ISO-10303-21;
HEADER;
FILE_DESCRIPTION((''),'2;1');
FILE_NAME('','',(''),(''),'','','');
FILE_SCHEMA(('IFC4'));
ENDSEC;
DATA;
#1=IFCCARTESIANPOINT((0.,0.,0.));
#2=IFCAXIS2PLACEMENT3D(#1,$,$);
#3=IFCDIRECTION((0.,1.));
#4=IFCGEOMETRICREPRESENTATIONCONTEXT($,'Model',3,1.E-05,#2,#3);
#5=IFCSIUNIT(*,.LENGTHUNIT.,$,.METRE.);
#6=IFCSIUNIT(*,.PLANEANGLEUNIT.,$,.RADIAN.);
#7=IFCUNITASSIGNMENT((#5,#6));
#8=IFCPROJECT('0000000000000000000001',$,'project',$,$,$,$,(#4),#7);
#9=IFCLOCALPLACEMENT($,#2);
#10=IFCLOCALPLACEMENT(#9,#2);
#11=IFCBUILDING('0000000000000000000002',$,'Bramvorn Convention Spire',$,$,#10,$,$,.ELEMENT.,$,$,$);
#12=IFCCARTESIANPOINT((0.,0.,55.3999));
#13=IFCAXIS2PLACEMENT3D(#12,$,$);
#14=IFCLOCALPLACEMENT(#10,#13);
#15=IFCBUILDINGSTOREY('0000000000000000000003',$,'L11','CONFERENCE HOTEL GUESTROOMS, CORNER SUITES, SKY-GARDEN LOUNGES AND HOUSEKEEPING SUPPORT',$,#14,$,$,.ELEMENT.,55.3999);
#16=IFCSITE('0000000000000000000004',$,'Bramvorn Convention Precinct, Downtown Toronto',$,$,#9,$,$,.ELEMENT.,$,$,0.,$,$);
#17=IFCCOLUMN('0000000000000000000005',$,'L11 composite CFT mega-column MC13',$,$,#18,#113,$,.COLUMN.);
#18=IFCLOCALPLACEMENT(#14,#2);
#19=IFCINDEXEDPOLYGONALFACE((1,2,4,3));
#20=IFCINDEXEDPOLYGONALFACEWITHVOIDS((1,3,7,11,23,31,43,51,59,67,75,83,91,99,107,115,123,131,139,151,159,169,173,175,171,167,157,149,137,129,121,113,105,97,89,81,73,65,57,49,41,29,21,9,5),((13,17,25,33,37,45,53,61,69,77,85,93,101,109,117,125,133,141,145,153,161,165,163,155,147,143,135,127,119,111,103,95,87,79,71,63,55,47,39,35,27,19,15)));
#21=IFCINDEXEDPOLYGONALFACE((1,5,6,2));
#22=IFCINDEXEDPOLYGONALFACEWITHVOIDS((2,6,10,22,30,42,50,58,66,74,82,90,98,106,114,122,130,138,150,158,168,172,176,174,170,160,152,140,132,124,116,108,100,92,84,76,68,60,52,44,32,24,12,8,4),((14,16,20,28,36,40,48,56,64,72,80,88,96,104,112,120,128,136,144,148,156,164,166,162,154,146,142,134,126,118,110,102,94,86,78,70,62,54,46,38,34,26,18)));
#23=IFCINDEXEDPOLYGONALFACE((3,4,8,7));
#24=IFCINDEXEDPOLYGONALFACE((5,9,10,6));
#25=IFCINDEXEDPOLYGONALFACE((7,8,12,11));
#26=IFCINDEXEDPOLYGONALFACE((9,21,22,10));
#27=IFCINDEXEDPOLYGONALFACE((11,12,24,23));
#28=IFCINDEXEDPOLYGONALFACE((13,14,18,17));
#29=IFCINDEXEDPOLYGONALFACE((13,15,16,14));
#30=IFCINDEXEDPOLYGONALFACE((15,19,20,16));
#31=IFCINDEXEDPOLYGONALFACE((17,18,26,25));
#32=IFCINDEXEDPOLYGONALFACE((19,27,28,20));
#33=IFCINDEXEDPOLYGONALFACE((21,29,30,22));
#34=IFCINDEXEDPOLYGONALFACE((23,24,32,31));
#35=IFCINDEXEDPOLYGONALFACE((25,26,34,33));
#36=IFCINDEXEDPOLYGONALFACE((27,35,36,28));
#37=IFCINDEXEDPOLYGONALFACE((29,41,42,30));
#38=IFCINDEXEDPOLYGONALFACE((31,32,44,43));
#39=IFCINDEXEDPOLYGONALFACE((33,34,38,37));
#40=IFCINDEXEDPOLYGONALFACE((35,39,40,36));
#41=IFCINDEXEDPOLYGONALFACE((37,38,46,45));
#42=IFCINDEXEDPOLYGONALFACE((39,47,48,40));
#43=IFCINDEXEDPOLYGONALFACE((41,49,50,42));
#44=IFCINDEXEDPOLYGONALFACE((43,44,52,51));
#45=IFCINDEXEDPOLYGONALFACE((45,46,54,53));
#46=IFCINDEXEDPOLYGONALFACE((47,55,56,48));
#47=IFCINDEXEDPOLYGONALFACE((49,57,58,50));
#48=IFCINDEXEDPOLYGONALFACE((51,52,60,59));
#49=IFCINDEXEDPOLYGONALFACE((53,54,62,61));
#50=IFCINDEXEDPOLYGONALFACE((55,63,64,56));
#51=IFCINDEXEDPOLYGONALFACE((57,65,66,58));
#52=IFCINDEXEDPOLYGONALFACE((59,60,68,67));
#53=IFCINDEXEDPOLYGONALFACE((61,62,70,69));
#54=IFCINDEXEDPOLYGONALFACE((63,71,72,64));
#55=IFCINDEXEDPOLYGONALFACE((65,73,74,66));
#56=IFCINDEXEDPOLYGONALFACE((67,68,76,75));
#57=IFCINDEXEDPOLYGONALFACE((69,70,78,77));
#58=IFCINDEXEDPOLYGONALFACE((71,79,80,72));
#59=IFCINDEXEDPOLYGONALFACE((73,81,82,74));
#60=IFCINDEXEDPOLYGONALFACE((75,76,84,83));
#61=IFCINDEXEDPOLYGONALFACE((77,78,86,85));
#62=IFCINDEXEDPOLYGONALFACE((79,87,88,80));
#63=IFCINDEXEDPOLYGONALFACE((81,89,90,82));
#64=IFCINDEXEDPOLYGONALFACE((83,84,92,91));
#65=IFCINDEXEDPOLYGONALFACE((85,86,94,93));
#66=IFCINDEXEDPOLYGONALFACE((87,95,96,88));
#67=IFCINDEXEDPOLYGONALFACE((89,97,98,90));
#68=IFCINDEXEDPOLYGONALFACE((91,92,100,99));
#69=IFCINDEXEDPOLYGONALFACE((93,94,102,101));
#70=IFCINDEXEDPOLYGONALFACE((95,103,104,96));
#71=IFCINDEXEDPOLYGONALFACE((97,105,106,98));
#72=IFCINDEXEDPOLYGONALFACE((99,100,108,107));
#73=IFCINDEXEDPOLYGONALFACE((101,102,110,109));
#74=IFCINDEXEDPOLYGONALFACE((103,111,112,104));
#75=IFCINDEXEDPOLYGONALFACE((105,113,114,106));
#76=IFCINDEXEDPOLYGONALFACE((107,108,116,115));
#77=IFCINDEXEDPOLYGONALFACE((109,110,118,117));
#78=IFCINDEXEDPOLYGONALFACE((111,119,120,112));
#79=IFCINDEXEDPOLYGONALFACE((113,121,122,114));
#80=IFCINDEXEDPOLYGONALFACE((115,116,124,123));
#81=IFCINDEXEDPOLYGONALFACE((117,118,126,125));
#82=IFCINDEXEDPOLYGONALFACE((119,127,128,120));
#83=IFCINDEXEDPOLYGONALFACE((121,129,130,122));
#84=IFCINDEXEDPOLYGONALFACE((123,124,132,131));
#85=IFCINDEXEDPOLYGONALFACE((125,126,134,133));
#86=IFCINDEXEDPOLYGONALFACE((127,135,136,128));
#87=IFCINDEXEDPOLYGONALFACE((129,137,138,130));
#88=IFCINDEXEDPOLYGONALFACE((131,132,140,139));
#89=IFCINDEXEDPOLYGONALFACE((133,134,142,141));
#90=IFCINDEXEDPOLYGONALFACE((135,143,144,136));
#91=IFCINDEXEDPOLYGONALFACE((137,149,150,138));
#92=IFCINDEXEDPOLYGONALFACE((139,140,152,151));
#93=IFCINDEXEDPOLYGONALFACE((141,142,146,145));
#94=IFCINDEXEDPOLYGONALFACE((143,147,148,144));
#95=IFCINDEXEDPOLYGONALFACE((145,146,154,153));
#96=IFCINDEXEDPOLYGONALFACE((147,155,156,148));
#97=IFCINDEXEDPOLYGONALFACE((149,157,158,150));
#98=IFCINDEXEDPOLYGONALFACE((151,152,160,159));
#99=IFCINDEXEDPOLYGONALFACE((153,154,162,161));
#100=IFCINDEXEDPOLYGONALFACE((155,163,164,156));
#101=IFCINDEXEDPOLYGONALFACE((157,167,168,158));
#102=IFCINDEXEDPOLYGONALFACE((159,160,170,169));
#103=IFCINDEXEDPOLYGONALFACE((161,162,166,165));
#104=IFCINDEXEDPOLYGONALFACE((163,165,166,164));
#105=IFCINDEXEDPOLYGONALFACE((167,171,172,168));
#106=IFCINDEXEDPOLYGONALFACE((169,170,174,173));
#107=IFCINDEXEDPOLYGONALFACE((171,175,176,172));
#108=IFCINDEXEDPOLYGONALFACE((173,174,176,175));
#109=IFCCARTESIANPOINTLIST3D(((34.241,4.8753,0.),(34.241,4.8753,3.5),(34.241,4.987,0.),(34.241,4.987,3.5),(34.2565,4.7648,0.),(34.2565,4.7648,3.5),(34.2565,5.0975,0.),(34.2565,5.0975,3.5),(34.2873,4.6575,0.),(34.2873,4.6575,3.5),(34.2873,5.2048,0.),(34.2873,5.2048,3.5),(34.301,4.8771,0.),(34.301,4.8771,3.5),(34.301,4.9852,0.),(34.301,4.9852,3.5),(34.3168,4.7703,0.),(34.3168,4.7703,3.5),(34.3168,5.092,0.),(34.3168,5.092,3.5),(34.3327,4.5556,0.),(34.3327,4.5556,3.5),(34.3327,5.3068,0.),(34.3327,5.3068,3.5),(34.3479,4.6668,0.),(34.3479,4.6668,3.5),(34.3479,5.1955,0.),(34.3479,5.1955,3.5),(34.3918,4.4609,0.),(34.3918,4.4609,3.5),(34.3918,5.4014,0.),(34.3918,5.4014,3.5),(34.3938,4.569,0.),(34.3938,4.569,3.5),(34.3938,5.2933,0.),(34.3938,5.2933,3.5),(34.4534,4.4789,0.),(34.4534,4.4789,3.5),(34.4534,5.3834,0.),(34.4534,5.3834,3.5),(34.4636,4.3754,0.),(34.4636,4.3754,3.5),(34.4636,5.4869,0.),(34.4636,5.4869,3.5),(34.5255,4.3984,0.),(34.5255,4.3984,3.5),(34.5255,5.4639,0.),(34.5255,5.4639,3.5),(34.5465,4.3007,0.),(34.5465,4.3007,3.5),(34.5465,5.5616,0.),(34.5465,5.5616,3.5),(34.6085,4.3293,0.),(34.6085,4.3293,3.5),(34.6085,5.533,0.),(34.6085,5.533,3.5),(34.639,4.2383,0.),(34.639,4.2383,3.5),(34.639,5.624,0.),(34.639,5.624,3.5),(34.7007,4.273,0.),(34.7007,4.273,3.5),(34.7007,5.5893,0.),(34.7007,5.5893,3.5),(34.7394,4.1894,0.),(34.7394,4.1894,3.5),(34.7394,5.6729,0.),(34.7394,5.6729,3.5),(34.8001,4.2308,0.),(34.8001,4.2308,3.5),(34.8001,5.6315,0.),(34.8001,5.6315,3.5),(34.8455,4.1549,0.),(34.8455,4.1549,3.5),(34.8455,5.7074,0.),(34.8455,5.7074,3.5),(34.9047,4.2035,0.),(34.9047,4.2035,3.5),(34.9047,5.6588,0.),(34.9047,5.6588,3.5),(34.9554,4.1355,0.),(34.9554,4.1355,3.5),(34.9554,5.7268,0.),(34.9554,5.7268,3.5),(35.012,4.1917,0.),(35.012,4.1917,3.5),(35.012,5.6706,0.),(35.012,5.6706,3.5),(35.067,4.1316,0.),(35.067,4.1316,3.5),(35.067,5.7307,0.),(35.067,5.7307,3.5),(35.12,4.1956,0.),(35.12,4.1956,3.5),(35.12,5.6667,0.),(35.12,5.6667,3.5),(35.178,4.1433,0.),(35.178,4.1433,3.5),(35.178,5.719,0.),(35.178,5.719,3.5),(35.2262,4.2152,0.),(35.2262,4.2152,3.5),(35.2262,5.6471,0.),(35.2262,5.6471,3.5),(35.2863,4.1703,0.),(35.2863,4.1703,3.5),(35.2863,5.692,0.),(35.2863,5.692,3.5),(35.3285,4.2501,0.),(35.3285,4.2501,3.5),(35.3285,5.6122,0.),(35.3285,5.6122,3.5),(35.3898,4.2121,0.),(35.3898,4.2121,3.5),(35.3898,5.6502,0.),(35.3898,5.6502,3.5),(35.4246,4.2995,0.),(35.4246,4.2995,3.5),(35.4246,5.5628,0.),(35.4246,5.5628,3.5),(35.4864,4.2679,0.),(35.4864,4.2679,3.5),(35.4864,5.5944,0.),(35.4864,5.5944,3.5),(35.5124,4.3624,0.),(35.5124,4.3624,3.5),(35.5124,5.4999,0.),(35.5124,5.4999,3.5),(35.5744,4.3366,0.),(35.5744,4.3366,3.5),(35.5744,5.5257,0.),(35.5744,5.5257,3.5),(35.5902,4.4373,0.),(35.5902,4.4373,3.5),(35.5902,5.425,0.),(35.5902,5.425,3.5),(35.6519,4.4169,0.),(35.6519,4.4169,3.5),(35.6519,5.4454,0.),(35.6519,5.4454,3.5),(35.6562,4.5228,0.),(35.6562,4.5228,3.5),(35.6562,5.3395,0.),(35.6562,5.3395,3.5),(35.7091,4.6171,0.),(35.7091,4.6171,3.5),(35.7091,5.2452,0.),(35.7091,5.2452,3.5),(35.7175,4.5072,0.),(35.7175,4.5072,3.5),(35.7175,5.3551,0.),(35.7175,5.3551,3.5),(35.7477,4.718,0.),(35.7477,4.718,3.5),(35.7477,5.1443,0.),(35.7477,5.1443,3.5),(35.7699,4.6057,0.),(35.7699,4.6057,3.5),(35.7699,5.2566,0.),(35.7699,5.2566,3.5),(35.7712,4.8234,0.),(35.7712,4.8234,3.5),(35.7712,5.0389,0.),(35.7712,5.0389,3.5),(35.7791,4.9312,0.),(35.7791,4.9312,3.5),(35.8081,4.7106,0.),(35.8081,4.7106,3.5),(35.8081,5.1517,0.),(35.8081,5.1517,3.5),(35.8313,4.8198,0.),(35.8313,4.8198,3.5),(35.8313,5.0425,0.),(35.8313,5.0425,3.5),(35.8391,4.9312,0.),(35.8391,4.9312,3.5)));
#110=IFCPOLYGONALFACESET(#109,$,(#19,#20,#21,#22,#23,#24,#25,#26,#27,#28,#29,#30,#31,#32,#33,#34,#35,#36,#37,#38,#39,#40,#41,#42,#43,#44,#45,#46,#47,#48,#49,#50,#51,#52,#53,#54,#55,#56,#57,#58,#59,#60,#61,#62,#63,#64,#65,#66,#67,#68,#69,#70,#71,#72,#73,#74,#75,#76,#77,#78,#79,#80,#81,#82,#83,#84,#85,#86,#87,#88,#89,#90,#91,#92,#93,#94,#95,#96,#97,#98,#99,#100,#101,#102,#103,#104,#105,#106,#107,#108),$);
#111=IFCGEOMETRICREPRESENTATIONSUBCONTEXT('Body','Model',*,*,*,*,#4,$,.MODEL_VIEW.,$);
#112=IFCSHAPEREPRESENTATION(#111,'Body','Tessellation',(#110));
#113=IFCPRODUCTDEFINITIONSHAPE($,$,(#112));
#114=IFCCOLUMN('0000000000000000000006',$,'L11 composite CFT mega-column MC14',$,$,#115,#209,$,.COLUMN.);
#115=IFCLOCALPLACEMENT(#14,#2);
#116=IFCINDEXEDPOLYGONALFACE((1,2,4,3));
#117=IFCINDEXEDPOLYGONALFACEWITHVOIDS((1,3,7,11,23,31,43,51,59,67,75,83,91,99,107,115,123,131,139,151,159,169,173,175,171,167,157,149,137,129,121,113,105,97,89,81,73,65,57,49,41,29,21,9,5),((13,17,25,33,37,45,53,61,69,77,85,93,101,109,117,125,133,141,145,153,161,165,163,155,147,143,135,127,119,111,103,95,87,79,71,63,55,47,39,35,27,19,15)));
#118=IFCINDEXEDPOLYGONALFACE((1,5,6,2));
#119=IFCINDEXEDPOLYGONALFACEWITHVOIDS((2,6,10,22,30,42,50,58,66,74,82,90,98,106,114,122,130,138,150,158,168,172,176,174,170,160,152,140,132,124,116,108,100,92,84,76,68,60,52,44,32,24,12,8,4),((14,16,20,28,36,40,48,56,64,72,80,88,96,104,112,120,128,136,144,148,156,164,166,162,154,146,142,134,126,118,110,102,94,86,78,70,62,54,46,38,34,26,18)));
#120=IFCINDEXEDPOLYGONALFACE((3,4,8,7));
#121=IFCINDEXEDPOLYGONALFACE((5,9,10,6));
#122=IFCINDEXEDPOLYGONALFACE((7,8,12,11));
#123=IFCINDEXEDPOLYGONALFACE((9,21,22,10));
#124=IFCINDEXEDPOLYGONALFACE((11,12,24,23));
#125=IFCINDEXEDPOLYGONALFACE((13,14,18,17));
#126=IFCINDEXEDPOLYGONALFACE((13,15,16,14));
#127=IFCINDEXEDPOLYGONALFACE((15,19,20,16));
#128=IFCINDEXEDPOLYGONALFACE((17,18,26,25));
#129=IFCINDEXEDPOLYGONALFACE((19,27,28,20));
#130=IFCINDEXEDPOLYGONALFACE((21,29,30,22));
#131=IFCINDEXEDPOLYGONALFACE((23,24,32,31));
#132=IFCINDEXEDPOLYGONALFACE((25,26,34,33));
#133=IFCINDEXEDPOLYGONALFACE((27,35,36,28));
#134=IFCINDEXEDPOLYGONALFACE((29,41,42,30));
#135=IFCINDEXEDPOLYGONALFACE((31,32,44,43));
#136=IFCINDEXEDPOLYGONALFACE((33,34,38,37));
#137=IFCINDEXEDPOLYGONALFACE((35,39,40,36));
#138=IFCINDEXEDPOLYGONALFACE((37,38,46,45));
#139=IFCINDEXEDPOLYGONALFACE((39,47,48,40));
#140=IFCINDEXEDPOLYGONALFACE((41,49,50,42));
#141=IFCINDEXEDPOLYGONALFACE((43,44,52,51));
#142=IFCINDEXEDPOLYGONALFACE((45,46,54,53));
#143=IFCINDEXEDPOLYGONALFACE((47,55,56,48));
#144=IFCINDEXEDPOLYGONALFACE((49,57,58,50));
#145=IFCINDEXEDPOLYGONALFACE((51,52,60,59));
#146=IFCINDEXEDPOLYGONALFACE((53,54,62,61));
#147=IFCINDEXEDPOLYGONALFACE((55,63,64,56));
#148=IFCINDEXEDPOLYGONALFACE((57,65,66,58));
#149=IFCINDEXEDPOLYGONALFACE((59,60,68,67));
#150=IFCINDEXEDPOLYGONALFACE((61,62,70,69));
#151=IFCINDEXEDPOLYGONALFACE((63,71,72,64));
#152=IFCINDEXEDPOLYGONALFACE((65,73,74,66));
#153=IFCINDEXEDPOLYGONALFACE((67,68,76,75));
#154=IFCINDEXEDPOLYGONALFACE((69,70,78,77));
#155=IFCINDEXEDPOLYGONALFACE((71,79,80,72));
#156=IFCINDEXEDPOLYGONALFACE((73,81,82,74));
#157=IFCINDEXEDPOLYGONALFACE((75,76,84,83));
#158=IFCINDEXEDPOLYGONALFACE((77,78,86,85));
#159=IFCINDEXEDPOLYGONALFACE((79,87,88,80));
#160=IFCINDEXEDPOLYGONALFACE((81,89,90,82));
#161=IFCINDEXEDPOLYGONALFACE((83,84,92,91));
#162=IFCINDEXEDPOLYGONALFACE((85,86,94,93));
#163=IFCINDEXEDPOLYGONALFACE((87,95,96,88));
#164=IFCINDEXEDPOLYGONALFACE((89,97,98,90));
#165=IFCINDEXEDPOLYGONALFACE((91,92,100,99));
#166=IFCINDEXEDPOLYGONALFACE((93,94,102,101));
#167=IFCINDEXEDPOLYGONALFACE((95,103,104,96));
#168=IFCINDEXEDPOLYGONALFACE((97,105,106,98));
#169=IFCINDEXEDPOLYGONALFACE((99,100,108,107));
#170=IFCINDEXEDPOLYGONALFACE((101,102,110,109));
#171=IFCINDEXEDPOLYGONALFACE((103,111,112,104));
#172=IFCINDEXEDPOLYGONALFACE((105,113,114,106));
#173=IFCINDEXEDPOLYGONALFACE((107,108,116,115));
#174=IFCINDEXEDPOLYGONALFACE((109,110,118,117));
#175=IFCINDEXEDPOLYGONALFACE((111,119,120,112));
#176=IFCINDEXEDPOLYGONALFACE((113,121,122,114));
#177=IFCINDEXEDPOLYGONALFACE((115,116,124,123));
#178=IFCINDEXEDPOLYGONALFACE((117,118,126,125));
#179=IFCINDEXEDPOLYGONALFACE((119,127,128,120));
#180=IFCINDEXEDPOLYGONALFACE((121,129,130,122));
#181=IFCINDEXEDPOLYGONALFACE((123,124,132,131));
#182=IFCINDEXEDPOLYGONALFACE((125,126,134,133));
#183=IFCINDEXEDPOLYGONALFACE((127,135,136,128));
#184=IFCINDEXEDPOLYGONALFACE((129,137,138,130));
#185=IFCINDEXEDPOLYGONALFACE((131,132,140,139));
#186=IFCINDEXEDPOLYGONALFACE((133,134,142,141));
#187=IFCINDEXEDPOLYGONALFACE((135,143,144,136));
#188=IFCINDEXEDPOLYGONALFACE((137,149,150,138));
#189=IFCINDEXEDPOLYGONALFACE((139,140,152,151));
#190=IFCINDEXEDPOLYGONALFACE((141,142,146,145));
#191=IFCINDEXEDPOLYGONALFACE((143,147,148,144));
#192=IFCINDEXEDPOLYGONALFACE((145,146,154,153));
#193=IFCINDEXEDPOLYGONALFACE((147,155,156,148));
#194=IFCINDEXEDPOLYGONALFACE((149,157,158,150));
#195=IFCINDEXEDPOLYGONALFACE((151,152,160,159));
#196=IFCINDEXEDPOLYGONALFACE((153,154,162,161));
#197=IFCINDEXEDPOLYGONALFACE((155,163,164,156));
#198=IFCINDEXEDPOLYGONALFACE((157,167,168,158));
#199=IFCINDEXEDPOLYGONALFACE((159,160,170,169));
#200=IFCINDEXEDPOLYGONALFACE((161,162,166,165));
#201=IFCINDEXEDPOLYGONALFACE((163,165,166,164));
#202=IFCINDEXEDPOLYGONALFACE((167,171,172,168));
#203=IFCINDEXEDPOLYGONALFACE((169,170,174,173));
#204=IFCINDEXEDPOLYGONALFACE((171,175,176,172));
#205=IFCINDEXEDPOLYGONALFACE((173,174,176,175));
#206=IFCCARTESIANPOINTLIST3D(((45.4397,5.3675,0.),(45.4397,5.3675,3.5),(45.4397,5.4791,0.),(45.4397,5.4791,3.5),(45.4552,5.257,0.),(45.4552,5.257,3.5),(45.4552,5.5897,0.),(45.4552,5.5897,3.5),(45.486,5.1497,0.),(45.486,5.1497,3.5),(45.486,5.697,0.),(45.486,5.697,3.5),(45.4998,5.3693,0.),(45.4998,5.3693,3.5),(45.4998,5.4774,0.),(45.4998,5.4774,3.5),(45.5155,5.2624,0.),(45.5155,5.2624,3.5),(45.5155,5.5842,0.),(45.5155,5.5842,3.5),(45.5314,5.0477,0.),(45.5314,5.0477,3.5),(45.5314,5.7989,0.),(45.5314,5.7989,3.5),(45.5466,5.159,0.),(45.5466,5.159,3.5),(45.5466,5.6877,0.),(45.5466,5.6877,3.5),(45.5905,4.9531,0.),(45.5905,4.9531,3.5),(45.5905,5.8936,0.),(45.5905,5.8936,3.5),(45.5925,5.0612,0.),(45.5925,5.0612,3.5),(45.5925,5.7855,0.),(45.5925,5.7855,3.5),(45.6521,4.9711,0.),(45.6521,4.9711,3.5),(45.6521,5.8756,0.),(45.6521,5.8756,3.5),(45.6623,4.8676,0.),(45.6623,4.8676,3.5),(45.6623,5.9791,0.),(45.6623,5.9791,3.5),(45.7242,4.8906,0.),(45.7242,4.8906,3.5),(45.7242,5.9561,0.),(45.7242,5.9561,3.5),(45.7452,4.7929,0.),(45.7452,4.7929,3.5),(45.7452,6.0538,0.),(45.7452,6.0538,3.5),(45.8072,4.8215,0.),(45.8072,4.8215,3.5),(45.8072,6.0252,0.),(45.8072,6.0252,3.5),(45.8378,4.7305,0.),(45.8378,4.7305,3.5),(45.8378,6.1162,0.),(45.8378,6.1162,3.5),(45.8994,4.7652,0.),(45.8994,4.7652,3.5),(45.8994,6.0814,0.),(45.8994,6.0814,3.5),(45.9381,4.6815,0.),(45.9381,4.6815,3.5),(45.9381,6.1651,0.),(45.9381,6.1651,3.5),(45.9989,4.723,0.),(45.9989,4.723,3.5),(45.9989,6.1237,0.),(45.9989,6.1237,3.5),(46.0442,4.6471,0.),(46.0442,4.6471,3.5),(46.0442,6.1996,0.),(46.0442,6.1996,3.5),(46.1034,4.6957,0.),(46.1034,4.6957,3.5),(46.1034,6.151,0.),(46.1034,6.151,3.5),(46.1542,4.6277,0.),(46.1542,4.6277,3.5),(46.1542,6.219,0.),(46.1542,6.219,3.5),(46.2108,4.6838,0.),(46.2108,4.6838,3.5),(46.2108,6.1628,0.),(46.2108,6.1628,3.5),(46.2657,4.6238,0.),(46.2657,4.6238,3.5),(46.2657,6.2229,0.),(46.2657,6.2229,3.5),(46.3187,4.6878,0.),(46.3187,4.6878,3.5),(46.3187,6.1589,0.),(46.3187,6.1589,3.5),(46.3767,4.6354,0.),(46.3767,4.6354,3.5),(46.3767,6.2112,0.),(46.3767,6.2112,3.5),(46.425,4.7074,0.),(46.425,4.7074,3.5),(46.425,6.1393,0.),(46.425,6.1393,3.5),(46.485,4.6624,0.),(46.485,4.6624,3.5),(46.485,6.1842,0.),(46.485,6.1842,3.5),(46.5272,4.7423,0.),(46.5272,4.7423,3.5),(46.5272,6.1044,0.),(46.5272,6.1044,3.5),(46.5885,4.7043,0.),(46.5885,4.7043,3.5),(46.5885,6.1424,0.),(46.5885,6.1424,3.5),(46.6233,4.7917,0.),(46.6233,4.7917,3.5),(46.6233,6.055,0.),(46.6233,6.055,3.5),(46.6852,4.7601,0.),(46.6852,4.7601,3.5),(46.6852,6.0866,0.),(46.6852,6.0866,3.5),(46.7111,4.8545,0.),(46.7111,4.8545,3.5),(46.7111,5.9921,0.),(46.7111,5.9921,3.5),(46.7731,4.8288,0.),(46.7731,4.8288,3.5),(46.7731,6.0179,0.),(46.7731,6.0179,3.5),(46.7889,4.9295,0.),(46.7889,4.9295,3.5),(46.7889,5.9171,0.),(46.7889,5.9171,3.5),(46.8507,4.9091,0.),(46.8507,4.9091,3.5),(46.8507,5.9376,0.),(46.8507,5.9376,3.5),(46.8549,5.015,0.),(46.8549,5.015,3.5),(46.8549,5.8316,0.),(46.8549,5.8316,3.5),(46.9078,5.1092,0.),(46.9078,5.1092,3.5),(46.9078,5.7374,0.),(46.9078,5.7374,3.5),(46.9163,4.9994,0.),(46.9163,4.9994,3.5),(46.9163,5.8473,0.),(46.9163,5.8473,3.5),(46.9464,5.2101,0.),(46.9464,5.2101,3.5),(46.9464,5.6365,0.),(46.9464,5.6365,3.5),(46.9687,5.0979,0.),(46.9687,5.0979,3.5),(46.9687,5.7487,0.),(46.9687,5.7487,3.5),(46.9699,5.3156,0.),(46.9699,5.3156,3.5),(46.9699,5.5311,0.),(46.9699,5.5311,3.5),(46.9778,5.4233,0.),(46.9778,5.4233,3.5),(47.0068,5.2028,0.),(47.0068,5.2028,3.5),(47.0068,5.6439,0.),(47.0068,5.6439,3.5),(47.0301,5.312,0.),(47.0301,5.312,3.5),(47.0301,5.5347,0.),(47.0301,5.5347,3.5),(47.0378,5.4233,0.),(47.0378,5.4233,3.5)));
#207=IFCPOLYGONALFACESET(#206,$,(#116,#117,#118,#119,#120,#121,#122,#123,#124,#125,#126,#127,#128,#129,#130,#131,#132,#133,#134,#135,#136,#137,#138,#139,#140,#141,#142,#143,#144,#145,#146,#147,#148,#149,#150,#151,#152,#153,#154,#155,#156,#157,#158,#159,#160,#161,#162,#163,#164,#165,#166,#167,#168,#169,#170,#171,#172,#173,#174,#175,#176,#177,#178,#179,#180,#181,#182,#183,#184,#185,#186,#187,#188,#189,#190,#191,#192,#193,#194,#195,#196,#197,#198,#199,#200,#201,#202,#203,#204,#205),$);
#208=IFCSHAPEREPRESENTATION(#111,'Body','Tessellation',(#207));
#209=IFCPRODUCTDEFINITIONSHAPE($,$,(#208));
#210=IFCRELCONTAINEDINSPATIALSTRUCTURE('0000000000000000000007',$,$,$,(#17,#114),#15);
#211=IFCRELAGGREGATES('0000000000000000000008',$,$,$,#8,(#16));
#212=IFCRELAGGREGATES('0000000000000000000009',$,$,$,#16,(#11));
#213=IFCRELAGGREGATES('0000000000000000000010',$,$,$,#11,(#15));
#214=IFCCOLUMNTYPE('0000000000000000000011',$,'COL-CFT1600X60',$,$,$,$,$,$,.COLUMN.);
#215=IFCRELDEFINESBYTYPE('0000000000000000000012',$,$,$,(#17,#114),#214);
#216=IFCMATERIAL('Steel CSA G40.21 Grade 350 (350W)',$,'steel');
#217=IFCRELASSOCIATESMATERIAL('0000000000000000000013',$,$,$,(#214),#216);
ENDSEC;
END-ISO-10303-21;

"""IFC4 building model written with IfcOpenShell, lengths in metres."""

from ifc_helpers import new_model, si_unit, direction, frame, origin, origin_2d, place, context, subcontext, project, spatial, hollow_circle, extrude, material, material_profile, profile_set, type_object, element, save


model = new_model("IFC4")

# Units and contexts
model_context = context("Model", 3, precision=1e-05, world=origin(), true_north=direction((0.0, 1.0)))
body_context = subcontext(model_context, "Body", "Model", "MODEL_VIEW")
ifc_project = project(units=[si_unit("LENGTHUNIT", "METRE"), si_unit("PLANEANGLEUNIT", "RADIAN")], contexts=[model_context])

# Site, building, storey
site_placement = place(None, origin())
site = spatial("IfcSite", under=ifc_project, at=site_placement, Name="Bramvorn Convention Precinct, Downtown Toronto", CompositionType="ELEMENT", RefElevation=0.0)
building_placement = place(site_placement, origin())
building = spatial("IfcBuilding", under=site, at=building_placement, Name="Bramvorn Convention Spire", CompositionType="ELEMENT")
storey_placement = place(building_placement, frame((0.0, 0.0, 55.3999)))
storey = spatial("IfcBuildingStorey", under=building, at=storey_placement, Name="L11", Description="CONFERENCE HOTEL GUESTROOMS, CORNER SUITES, SKY-GARDEN LOUNGES AND HOUSEKEEPING SUPPORT", CompositionType="ELEMENT", Elevation=55.3999)

# Columns
ifc_material_1 = material(Name="Steel CSA G40.21 Grade 350 (350W)", Category="steel")
ifc_material_profile_1 = material_profile(ifc_material_1, hollow_circle(Radius=0.8, WallThickness=0.0601, at=origin_2d()))
ifc_profile_set_1 = profile_set([ifc_material_profile_1], Name="Steel CSA G40.21 Grade 350 (350W) - CFT1600X60")
column_type = type_object("IfcColumnType", Name="COL-CFT1600X60", PredefinedType="COLUMN", material=ifc_profile_set_1)
for number, where, z_axis, x_axis, name in (
    (1, (35.0391, 4.9312, 0.0), (0.0, 0.0, 1.0), (1.0, 0.0, 0.0), "L11 composite CFT mega-column MC13"),
    (2, (46.2378, 5.4233, 0.0), (0.0, 0.0, 1.0), (1.0, 0.0, 0.0), "L11 composite CFT mega-column MC14"),
):
    element("IfcColumn", number, at=place(storey_placement, frame(where, z_axis=z_axis, x_axis=x_axis)), inside=storey, type_object=column_type, Name=name, PredefinedType="COLUMN", context=body_context, shape_type="SweptSolid", body=[
        extrude(hollow_circle(Radius=0.8, WallThickness=0.0601, at=origin_2d()), origin(), (0.0, 0.0, 1.0), 3.5),
    ])

save(model, "model.ifc")
